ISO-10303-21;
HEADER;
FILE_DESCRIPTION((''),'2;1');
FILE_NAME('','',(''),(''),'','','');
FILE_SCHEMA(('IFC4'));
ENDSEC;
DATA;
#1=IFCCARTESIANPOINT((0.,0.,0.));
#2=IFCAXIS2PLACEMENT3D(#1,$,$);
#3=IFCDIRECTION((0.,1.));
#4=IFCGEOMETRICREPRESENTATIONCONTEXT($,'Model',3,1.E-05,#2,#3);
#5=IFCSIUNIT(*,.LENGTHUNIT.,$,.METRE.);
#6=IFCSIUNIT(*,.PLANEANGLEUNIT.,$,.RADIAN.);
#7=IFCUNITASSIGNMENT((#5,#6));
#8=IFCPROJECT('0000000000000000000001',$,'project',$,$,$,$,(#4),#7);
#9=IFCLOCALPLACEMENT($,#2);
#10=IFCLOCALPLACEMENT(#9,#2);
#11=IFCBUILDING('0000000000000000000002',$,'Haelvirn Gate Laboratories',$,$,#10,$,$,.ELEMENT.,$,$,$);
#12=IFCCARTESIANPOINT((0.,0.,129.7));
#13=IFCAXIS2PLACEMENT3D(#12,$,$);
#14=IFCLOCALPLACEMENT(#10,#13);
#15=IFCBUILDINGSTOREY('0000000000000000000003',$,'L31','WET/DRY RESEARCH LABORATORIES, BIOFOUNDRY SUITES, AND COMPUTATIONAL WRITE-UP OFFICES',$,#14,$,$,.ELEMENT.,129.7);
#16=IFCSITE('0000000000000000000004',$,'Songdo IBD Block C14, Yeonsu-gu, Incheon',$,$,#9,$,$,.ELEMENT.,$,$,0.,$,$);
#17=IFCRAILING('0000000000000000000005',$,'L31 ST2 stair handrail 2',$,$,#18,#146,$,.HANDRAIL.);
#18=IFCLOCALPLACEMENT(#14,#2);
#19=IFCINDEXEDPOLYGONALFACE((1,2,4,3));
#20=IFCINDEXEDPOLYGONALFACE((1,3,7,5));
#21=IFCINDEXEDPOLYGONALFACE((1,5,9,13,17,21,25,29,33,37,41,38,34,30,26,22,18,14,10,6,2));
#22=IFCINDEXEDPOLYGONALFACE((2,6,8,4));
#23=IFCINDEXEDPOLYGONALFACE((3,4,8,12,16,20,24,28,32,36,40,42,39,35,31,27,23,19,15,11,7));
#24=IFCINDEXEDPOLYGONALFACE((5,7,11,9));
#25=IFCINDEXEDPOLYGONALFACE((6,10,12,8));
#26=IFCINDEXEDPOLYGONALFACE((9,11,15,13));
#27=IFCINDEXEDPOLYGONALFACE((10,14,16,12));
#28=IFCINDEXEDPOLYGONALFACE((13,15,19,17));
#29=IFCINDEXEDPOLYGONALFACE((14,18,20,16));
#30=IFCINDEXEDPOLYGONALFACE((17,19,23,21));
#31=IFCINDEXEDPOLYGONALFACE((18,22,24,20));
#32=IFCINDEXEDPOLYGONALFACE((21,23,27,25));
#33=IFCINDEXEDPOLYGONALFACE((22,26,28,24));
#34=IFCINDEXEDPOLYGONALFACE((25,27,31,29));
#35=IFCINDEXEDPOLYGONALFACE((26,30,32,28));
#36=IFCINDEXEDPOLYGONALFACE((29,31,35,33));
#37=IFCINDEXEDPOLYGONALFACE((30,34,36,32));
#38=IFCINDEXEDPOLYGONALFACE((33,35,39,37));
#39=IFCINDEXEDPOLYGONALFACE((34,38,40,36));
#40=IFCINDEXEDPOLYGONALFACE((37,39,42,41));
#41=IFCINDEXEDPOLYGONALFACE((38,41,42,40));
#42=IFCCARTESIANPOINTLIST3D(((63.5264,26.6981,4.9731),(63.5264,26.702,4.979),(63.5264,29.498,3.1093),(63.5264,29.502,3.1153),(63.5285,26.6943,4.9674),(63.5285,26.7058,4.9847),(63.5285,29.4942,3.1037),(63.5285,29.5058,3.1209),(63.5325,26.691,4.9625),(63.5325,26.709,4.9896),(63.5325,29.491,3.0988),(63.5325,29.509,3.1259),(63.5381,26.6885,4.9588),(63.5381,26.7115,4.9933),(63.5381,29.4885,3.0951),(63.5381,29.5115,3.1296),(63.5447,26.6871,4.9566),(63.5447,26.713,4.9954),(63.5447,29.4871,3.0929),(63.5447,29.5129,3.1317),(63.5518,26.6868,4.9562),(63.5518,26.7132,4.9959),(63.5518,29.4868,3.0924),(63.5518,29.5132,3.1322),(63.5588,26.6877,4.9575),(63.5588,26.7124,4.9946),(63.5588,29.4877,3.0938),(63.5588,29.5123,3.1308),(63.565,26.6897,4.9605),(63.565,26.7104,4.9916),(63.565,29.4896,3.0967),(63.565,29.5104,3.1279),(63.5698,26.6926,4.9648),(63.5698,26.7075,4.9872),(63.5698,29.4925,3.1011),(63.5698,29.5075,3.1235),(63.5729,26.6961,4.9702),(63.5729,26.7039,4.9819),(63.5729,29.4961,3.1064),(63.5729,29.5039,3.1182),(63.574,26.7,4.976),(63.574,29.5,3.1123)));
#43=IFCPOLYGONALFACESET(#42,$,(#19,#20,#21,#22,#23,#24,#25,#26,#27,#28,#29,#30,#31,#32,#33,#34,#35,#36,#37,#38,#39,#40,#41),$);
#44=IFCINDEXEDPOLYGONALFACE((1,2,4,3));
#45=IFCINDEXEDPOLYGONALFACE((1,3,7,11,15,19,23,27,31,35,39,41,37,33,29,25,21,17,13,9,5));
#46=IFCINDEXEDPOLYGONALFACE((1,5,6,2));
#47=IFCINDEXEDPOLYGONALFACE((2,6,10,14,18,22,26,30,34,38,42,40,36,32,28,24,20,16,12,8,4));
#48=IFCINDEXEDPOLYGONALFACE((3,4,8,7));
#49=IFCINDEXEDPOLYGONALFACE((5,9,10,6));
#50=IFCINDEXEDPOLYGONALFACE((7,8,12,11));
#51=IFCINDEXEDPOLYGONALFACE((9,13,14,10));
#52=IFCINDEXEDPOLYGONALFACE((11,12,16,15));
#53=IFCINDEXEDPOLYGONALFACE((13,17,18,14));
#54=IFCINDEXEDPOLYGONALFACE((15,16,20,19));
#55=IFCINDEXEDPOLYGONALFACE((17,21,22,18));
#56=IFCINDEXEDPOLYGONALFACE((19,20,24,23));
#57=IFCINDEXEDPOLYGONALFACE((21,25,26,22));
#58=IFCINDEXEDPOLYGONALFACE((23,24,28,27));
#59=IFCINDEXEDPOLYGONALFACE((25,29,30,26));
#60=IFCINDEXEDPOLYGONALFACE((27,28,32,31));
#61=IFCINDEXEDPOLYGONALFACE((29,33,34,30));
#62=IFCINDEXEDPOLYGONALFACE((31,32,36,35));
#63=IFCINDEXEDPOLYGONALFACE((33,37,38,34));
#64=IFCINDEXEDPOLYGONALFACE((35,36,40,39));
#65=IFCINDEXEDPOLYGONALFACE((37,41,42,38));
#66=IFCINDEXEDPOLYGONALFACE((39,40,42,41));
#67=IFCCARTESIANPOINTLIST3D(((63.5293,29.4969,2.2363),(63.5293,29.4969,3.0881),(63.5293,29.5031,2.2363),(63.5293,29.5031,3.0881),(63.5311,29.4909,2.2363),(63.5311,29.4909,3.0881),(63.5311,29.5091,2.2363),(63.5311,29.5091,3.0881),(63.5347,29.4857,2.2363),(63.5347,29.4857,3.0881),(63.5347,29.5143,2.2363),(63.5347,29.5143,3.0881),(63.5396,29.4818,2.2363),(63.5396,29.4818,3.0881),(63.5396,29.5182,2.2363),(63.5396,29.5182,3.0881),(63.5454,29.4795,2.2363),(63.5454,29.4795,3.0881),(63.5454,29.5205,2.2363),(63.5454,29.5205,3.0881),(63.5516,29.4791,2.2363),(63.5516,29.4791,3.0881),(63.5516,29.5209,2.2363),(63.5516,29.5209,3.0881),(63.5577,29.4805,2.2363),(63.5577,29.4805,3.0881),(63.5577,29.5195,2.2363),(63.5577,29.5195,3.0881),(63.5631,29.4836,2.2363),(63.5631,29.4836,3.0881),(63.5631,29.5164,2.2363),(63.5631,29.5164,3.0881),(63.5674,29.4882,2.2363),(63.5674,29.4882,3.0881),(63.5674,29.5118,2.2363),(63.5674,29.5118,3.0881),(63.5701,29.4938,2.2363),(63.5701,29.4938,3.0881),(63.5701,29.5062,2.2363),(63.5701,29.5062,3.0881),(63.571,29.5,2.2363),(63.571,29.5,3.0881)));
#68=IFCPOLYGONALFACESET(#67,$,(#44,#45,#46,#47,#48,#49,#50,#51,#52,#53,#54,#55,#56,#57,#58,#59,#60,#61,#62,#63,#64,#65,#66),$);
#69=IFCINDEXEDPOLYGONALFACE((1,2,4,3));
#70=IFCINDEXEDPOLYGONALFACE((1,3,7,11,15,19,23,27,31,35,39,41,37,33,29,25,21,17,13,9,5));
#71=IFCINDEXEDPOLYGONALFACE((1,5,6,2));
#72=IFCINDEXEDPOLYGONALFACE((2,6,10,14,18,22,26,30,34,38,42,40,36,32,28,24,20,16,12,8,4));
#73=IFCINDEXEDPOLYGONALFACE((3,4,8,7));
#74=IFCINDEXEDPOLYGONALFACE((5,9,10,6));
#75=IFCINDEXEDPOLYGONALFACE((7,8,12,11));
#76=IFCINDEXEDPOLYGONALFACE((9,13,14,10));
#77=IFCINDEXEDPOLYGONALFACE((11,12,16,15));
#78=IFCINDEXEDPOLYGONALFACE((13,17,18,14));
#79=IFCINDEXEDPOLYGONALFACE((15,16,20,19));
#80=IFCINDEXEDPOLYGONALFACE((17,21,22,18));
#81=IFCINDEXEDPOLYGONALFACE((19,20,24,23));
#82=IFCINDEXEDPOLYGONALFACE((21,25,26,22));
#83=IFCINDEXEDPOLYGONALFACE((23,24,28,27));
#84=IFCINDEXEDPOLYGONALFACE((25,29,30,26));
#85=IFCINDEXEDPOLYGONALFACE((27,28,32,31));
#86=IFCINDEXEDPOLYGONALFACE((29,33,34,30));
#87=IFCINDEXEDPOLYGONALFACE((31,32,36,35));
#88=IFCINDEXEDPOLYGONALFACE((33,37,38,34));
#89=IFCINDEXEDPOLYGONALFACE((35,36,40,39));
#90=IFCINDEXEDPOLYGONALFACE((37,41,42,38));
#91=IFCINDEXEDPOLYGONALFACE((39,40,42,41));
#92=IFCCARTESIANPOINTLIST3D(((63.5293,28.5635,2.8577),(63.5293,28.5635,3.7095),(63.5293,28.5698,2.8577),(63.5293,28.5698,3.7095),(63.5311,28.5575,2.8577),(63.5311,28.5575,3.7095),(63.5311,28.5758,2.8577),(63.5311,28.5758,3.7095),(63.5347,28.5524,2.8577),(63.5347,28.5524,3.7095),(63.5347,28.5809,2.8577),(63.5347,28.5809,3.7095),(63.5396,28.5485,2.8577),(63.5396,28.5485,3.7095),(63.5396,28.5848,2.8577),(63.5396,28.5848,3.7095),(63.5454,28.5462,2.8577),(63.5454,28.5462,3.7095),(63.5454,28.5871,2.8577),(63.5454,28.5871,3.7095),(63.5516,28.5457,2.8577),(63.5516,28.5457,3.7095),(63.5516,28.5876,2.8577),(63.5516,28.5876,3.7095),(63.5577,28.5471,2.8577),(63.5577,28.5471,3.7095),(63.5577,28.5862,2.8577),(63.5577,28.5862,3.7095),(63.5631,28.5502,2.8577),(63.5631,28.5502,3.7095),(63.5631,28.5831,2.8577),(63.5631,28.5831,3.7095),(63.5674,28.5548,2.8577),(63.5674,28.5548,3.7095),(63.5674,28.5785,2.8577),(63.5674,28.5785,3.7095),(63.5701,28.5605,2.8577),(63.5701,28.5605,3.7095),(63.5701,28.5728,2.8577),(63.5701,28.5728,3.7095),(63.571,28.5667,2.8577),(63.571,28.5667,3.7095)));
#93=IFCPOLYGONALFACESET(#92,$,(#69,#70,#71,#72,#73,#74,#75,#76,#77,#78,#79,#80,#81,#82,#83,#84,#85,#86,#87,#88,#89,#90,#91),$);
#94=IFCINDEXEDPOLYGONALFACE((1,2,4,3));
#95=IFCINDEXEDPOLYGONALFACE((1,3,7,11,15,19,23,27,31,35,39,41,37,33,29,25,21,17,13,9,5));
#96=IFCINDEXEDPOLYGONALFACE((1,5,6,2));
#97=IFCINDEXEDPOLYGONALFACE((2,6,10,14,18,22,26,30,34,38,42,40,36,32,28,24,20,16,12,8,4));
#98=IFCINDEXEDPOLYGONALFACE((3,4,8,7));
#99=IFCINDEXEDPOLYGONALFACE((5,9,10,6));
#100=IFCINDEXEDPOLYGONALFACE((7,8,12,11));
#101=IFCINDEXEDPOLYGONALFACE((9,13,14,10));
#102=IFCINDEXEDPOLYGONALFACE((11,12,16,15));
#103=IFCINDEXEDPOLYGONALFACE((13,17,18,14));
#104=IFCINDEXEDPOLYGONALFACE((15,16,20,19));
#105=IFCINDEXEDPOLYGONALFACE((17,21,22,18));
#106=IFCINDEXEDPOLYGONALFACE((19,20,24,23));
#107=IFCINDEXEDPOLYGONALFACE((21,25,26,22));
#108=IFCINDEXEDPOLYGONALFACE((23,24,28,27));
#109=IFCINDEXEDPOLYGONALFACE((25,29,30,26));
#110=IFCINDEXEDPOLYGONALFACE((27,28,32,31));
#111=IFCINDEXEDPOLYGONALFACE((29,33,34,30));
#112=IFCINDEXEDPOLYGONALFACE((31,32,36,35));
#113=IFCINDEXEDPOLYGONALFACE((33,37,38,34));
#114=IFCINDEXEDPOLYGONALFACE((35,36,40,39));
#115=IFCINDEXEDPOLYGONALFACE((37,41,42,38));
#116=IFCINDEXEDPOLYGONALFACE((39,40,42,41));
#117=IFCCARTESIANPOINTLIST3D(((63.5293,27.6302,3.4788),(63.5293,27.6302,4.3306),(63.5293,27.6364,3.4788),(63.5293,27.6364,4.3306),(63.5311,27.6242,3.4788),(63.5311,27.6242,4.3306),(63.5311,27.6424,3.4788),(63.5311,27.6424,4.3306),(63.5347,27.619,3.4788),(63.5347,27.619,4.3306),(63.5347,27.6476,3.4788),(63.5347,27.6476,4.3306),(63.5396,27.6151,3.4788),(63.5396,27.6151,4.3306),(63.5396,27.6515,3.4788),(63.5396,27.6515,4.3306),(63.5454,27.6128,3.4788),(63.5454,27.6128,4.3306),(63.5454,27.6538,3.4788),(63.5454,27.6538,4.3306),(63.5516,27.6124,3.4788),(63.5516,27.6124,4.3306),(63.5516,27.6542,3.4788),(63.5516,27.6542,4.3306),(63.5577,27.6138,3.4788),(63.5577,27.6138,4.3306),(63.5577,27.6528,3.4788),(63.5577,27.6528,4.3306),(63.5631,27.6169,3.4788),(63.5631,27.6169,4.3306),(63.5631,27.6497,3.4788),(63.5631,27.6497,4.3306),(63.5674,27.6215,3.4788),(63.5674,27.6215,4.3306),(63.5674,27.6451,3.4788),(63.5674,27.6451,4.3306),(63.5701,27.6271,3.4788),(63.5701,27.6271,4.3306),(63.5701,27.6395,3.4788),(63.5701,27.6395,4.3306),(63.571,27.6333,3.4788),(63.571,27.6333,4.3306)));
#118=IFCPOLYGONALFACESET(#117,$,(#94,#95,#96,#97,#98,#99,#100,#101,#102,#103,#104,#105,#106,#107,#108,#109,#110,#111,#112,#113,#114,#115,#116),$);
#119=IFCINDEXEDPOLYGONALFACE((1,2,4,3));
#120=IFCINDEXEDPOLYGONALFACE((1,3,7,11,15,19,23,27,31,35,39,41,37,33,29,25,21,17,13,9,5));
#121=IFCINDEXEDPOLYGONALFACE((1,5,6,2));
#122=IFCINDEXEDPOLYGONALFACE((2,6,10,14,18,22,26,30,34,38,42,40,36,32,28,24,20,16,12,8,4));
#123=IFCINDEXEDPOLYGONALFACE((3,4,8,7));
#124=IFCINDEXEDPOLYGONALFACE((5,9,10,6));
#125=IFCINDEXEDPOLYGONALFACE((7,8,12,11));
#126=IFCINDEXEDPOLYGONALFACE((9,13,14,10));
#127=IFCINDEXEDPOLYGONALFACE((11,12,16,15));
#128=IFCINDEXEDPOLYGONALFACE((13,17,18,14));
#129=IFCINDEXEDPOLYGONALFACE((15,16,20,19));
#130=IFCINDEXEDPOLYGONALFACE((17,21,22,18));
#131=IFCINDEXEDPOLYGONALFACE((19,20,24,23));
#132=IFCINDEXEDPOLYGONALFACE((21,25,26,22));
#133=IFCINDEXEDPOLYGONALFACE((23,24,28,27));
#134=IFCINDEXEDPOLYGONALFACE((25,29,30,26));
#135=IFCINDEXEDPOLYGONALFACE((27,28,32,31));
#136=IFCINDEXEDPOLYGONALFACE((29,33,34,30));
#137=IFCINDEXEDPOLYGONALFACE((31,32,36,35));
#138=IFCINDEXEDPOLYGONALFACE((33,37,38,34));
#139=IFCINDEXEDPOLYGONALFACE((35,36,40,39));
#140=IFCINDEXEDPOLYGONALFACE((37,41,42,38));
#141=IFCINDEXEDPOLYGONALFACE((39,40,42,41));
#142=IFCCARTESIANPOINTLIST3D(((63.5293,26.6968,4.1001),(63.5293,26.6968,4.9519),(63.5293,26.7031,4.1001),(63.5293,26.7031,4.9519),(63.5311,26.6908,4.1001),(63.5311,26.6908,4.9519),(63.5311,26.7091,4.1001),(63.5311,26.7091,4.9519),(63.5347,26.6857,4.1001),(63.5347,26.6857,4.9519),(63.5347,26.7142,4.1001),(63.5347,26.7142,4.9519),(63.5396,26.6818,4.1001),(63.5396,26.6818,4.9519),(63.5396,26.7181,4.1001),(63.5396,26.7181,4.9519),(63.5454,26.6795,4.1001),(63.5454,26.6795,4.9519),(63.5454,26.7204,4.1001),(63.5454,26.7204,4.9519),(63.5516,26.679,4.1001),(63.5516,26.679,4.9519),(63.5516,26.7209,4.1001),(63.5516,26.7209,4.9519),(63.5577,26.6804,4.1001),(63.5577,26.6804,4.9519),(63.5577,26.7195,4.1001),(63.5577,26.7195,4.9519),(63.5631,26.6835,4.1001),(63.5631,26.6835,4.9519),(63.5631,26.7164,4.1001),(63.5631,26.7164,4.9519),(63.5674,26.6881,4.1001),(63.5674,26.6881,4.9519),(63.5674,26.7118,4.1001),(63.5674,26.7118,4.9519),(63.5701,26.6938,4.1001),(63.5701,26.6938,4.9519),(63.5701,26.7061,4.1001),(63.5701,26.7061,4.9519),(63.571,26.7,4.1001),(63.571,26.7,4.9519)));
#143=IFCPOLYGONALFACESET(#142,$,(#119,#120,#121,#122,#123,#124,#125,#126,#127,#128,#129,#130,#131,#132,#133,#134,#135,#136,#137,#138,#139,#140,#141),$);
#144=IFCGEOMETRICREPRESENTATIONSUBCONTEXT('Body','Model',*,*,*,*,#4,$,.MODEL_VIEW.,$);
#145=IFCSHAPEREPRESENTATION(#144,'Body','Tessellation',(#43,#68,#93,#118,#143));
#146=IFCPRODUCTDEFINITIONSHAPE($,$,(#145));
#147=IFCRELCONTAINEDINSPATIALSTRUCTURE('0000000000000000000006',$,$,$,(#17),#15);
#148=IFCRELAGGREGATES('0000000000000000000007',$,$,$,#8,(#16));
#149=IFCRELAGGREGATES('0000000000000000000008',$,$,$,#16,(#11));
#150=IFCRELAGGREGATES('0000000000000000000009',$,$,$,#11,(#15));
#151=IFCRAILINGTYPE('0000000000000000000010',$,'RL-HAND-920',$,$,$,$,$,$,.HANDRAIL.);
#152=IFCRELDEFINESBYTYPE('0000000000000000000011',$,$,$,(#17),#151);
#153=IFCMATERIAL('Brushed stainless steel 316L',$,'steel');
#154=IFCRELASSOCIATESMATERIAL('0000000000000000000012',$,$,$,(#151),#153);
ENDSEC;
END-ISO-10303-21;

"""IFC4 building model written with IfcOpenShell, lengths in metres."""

from ifc_helpers import new_model, si_unit, direction, frame, origin, origin_2d, place, context, subcontext, project, spatial, circle, extrude, source, transform, mapped, material, type_object, element, save


model = new_model("IFC4")

# Units and contexts
model_context = context("Model", 3, precision=1e-05, world=origin(), true_north=direction((0.0, 1.0)))
body_context = subcontext(model_context, "Body", "Model", "MODEL_VIEW")
ifc_project = project(units=[si_unit("LENGTHUNIT", "METRE"), si_unit("PLANEANGLEUNIT", "RADIAN")], contexts=[model_context])

# Site, building, storey
site_placement = place(None, origin())
site = spatial("IfcSite", under=ifc_project, at=site_placement, Name="Songdo IBD Block C14, Yeonsu-gu, Incheon", CompositionType="ELEMENT", RefElevation=0.0)
building_placement = place(site_placement, origin())
building = spatial("IfcBuilding", under=site, at=building_placement, Name="Haelvirn Gate Laboratories", CompositionType="ELEMENT")
storey_placement = place(building_placement, frame((0.0, 0.0, 129.7)))
storey = spatial("IfcBuildingStorey", under=building, at=storey_placement, Name="L31", Description="WET/DRY RESEARCH LABORATORIES, BIOFOUNDRY SUITES, AND COMPUTATIONAL WRITE-UP OFFICES", CompositionType="ELEMENT", Elevation=129.7)

# Railing
ifc_material_1 = material(Name="Brushed stainless steel 316L", Category="steel")
railing_type_1 = type_object("IfcRailingType", Name="RL-HAND-920", PredefinedType="HANDRAIL", material=ifc_material_1)
shared_shape_1 = source(origin(), body_context, "Body", "SweptSolid", [
    extrude(circle(Radius=0.0239, at=origin_2d()), frame((0.0, 0.0, 0.876), z_axis=(0.0, -0.832452, 0.554097), x_axis=(1.0, 0.0, 0.0)), (0.0, 0.0, 1.0), 3.3635),
    extrude(circle(Radius=0.021, at=origin_2d()), origin(), (0.0, 0.0, 1.0), 0.8518),
    extrude(circle(Radius=0.021, at=origin_2d()), frame((0.0, -0.9333, 0.6213)), (0.0, 0.0, 1.0), 0.8518),
    extrude(circle(Radius=0.021, at=origin_2d()), frame((0.0, -1.8667, 1.2424)), (0.0, 0.0, 1.0), 0.8518),
    extrude(circle(Radius=0.021, at=origin_2d()), frame((0.0, -2.8, 1.8638)), (0.0, 0.0, 1.0), 0.8518),
])
railing_1_placement = place(storey_placement, frame((63.55, 29.5, 2.2363)))
element("IfcRailing", 1, at=railing_1_placement, inside=storey, type_object=railing_type_1, Name="L31 ST2 stair handrail 2", PredefinedType="HANDRAIL", context=body_context, shape_type="MappedRepresentation", body=[
    mapped(shared_shape_1, transform((0.0, 0.0, 0.0), scale=1.0)),
])

save(model, "model.ifc")
